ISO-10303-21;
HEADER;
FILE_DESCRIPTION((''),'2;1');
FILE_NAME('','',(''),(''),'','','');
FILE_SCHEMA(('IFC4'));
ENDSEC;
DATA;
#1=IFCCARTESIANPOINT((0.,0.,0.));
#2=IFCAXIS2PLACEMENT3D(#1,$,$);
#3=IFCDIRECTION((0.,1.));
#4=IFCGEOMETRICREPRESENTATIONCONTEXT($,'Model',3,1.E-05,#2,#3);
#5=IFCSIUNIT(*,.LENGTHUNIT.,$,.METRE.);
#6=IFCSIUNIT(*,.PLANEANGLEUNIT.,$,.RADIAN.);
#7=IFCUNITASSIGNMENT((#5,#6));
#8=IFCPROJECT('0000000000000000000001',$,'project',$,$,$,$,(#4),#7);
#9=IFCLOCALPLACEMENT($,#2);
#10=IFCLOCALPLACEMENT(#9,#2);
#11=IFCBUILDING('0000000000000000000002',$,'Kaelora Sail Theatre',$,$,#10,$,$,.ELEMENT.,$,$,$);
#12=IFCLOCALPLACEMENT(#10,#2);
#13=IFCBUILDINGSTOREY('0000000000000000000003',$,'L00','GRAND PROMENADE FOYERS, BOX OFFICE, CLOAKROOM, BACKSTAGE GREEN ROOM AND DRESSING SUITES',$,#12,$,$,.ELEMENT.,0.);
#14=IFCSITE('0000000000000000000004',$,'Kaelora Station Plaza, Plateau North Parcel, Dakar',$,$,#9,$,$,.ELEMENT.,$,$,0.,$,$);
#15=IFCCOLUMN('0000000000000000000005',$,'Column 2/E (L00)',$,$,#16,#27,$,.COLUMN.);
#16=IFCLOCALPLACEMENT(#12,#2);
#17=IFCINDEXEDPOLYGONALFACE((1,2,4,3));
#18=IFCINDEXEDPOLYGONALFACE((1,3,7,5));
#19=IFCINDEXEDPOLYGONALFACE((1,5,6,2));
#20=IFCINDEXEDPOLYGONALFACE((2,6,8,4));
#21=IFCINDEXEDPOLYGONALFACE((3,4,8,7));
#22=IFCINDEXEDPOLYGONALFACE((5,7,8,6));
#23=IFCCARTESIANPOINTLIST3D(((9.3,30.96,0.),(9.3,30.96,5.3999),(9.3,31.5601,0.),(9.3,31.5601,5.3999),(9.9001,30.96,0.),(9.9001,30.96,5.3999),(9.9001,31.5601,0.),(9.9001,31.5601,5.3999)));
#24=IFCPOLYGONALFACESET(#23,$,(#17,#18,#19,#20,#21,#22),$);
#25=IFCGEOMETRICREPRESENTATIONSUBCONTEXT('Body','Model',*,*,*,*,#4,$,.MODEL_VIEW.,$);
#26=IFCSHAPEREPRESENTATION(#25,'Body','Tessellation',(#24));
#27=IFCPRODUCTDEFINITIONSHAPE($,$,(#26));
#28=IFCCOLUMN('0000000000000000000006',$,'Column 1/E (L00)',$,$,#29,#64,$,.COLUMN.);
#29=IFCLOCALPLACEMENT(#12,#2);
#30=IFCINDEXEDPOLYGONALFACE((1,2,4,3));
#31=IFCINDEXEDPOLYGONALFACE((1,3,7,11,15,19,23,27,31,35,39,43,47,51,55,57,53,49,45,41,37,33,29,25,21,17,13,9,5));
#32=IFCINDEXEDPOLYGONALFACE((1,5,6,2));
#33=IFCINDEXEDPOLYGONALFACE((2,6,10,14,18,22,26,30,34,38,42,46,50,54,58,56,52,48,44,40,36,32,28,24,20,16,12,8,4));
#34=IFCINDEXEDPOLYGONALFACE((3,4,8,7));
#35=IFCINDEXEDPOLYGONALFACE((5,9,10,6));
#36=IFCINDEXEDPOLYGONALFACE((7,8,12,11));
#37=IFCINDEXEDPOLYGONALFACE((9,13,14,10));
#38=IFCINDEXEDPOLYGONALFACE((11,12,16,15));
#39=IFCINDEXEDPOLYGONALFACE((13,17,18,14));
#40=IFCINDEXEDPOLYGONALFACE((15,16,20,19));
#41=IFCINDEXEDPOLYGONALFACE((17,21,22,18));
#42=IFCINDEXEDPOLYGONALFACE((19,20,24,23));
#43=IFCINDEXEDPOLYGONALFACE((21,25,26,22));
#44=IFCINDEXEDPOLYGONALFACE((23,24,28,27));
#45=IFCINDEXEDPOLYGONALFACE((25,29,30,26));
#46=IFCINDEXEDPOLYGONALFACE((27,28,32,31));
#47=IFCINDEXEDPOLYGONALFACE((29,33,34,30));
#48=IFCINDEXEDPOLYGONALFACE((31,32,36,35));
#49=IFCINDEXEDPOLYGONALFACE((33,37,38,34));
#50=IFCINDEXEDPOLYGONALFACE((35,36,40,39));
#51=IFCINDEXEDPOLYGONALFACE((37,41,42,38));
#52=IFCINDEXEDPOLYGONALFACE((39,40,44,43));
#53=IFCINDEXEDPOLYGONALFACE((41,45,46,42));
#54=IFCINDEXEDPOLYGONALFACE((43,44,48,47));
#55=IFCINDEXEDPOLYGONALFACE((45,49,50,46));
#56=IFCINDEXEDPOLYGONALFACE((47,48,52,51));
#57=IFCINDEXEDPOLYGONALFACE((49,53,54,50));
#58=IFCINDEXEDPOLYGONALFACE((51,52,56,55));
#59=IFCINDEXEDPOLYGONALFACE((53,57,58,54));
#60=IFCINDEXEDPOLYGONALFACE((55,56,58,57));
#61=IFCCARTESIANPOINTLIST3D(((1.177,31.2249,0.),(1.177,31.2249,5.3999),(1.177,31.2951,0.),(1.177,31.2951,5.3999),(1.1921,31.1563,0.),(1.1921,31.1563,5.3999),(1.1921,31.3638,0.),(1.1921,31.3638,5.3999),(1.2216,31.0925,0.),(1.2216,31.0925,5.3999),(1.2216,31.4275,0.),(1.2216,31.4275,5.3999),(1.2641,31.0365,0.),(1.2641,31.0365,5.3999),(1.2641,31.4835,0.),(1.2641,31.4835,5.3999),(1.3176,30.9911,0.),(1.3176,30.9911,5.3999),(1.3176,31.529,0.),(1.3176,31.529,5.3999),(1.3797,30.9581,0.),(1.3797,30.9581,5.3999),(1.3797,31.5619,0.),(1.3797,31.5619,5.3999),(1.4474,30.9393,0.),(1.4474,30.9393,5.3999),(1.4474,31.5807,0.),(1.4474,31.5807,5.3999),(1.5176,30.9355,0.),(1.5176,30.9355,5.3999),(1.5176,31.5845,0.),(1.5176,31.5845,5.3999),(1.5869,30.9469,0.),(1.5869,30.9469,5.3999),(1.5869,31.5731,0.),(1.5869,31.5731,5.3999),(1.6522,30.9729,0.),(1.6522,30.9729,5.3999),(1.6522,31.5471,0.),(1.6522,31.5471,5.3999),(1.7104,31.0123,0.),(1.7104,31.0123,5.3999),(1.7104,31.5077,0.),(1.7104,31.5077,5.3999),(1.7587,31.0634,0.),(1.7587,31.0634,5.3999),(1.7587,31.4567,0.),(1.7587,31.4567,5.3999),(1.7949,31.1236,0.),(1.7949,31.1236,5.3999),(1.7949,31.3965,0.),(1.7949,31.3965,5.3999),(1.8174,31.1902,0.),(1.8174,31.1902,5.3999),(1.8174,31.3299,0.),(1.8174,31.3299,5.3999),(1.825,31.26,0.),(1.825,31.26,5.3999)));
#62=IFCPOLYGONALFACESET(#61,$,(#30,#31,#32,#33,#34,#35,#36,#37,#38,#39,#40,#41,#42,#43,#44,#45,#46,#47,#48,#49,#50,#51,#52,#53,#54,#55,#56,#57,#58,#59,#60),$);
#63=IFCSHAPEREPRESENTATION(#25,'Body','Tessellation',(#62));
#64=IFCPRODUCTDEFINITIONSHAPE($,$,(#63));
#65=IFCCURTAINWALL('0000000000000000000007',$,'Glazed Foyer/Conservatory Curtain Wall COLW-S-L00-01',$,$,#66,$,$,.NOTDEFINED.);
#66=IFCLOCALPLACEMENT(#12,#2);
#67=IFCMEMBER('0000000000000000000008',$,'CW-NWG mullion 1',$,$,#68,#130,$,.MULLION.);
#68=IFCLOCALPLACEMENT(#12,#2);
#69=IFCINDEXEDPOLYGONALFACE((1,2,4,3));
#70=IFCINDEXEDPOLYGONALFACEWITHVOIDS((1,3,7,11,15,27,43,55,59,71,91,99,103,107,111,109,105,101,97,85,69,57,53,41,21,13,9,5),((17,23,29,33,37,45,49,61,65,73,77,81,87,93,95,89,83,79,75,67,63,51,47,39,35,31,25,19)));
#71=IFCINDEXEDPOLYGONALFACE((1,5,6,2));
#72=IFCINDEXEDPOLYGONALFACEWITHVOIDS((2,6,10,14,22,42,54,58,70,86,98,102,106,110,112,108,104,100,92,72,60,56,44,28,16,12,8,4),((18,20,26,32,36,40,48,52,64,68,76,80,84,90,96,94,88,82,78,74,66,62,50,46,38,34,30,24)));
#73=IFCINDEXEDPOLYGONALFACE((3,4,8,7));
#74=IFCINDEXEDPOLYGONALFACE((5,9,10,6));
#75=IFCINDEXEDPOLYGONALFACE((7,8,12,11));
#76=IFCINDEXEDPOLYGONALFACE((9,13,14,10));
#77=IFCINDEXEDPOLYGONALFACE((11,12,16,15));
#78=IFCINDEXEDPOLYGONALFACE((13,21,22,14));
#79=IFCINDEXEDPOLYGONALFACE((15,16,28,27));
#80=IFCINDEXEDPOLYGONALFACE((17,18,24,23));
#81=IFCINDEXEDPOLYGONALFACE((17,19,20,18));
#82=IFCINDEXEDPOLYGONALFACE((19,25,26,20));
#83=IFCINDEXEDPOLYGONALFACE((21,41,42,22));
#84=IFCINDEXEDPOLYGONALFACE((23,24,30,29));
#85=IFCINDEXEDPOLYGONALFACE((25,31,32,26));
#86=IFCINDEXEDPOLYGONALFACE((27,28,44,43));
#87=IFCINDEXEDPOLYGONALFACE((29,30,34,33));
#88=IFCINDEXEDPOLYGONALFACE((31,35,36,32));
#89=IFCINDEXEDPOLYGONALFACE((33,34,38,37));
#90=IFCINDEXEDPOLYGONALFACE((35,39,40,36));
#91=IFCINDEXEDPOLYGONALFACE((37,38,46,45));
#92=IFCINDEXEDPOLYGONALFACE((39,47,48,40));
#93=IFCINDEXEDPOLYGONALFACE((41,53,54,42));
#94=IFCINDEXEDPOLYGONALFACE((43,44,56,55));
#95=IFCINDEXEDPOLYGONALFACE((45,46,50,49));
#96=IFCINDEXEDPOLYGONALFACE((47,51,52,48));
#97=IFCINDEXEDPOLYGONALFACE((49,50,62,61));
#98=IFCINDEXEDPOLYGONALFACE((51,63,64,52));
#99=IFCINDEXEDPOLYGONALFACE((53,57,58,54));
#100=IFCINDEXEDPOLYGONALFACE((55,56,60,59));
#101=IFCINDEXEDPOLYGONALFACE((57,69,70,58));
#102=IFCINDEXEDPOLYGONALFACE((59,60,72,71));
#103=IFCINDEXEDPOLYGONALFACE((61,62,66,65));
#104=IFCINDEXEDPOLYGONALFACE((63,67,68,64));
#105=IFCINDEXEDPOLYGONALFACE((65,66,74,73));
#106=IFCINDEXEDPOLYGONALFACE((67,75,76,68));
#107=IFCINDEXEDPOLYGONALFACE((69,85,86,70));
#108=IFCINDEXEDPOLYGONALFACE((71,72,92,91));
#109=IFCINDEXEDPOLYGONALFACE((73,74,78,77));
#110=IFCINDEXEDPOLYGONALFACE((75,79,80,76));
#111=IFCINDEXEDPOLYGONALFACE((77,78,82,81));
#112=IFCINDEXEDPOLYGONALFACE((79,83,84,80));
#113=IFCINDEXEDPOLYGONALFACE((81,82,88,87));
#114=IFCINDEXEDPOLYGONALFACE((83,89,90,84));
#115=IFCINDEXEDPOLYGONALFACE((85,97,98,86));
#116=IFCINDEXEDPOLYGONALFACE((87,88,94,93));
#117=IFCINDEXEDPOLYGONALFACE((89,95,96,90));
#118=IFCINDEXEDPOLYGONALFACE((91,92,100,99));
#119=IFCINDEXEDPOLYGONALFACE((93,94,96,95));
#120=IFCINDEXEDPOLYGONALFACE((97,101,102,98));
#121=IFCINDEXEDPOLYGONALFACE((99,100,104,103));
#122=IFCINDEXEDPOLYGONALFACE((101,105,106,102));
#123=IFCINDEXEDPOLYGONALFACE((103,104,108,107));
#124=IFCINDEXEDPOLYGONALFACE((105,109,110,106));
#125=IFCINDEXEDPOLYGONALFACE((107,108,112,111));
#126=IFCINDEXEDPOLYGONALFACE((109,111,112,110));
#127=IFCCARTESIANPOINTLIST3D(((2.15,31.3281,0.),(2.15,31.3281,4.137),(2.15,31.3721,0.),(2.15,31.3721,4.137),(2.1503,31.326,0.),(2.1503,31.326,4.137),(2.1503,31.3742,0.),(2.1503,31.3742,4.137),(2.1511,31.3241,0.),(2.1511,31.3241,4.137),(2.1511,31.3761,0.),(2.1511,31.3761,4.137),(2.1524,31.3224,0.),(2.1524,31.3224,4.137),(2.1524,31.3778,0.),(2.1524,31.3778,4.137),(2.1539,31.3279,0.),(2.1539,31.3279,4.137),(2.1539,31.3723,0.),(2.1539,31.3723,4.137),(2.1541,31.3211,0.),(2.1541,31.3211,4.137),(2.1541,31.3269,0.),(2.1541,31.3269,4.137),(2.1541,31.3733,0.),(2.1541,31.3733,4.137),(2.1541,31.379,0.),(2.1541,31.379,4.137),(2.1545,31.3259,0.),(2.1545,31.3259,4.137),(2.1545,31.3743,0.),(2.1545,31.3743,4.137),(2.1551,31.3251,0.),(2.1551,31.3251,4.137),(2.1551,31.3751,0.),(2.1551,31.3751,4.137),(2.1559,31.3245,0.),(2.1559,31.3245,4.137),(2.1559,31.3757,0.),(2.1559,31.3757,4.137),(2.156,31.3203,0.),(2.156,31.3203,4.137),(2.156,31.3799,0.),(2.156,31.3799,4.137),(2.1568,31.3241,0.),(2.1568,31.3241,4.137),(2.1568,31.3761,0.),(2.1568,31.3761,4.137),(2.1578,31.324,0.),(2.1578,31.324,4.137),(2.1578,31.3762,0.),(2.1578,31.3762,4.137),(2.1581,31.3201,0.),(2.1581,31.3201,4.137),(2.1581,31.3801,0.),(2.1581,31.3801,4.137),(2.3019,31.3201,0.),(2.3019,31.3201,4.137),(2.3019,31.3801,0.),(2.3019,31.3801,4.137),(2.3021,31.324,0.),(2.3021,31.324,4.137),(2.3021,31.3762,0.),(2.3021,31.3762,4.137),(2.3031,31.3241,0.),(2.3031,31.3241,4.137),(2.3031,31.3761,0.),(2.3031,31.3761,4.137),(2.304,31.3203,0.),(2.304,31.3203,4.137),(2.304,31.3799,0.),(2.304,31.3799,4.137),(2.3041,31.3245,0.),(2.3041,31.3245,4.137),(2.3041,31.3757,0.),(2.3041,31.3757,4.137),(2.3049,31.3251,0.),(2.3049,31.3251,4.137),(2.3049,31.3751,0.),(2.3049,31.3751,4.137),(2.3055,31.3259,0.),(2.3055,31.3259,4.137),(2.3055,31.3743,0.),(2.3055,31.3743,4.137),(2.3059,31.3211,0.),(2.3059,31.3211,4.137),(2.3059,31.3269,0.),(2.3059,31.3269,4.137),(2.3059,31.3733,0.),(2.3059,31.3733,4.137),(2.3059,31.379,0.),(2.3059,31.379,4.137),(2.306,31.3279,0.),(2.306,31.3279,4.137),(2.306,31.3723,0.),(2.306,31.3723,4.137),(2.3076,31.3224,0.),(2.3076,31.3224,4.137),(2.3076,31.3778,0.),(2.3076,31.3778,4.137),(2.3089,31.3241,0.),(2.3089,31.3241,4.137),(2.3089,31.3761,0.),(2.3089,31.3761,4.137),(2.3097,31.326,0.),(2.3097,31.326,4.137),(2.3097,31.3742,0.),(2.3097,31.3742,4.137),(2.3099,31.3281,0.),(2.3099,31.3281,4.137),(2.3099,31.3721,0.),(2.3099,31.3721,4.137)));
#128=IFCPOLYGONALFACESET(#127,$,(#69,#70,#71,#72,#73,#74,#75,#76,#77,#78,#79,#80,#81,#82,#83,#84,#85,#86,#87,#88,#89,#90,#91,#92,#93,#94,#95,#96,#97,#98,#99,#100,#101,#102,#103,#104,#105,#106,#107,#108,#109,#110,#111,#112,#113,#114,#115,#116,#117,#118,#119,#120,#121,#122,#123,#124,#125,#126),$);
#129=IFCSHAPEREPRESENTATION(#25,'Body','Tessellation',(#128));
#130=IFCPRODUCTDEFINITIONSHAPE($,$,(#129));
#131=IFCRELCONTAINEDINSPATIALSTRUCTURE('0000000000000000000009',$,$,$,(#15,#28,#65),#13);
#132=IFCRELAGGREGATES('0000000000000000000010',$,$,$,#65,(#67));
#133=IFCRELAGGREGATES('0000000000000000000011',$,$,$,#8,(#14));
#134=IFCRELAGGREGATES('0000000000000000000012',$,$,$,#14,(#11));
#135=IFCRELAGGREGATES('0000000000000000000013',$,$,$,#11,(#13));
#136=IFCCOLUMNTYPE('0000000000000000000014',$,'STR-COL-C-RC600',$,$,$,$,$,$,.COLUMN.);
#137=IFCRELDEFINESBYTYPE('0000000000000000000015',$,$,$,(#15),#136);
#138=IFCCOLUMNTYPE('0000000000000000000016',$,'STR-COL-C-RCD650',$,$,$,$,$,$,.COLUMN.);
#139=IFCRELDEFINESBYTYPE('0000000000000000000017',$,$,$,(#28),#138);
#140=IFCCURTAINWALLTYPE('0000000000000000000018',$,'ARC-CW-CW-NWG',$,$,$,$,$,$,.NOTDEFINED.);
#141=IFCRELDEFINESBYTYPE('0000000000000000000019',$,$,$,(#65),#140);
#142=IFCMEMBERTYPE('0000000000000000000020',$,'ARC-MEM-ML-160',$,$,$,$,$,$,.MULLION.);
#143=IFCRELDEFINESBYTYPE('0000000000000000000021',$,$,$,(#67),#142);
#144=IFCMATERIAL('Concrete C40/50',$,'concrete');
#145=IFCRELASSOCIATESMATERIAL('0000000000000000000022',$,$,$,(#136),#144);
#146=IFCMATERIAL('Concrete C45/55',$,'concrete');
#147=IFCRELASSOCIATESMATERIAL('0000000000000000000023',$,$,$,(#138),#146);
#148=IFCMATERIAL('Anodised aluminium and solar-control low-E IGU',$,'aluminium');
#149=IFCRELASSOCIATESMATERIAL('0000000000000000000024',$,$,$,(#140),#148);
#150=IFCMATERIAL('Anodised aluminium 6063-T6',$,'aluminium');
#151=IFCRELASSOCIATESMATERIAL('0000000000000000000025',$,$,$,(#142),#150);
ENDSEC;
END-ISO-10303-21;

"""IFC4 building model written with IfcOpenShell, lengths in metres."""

from ifc_helpers import new_model, si_unit, direction, frame, origin, origin_2d, place, context, subcontext, project, spatial, rectangle, hollow_rectangle, circle, extrude, material, material_profile, profile_set, type_object, element, aggregate, save


model = new_model("IFC4")

# Units and contexts
model_context = context("Model", 3, precision=1e-05, world=origin(), true_north=direction((0.0, 1.0)))
body_context = subcontext(model_context, "Body", "Model", "MODEL_VIEW")
ifc_project = project(units=[si_unit("LENGTHUNIT", "METRE"), si_unit("PLANEANGLEUNIT", "RADIAN")], contexts=[model_context])

# Site, building, storey
site_placement = place(None, origin())
site = spatial("IfcSite", under=ifc_project, at=site_placement, Name="Kaelora Station Plaza, Plateau North Parcel, Dakar", CompositionType="ELEMENT", RefElevation=0.0)
building_placement = place(site_placement, origin())
building = spatial("IfcBuilding", under=site, at=building_placement, Name="Kaelora Sail Theatre", CompositionType="ELEMENT")
storey_placement = place(building_placement, origin())
storey = spatial("IfcBuildingStorey", under=building, at=storey_placement, Name="L00", Description="GRAND PROMENADE FOYERS, BOX OFFICE, CLOAKROOM, BACKSTAGE GREEN ROOM AND DRESSING SUITES", CompositionType="ELEMENT", Elevation=0.0)

# Columns
ifc_material_1 = material(Name="Concrete C40/50", Category="concrete")
ifc_material_profile_1 = material_profile(ifc_material_1, rectangle(XDim=0.6001, YDim=0.6001, at=origin_2d()), Name="RC-COL 600x600")
ifc_profile_set_1 = profile_set([ifc_material_profile_1], Name="Concrete C40/50")
column_type_1 = type_object("IfcColumnType", Name="STR-COL-C-RC600", PredefinedType="COLUMN", material=ifc_profile_set_1)
column_1_placement = place(storey_placement, frame((9.6001, 31.26, 0.0), z_axis=(0.0, 0.0, 1.0), x_axis=(1.0, 0.0, 0.0)))
element("IfcColumn", 1, at=column_1_placement, inside=storey, type_object=column_type_1, Name="Column 2/E (L00)", PredefinedType="COLUMN", context=body_context, shape_type="SweptSolid", body=[
    extrude(rectangle(XDim=0.6001, YDim=0.6001, at=origin_2d()), origin(), (0.0, 0.0, 1.0), 5.3999),
])
ifc_material_2 = material(Name="Concrete C45/55", Category="concrete")
ifc_material_profile_2 = material_profile(ifc_material_2, circle(Radius=0.325, at=origin_2d()), Name="RC-CCOL D650")
ifc_profile_set_2 = profile_set([ifc_material_profile_2], Name="Concrete C45/55")
column_type_2 = type_object("IfcColumnType", Name="STR-COL-C-RCD650", PredefinedType="COLUMN", material=ifc_profile_set_2)
column_2_placement = place(storey_placement, frame((1.5, 31.26, 0.0), z_axis=(0.0, 0.0, 1.0), x_axis=(1.0, 0.0, 0.0)))
element("IfcColumn", 2, at=column_2_placement, inside=storey, type_object=column_type_2, Name="Column 1/E (L00)", PredefinedType="COLUMN", context=body_context, shape_type="SweptSolid", body=[
    extrude(circle(Radius=0.325, at=origin_2d()), origin(), (0.0, 0.0, 1.0), 5.3999),
])

# Curtain wall, member
ifc_material_3 = material(Name="Anodised aluminium and solar-control low-E IGU", Category="aluminium")
curtain_wall_type = type_object("IfcCurtainWallType", Name="ARC-CW-CW-NWG", PredefinedType="NOTDEFINED", material=ifc_material_3)
curtain_wall_placement = place(storey_placement, origin())
curtain_wall = element("IfcCurtainWall", 3, at=curtain_wall_placement, inside=storey, type_object=curtain_wall_type, Name="Glazed Foyer/Conservatory Curtain Wall COLW-S-L00-01", PredefinedType="NOTDEFINED")
ifc_material_4 = material(Name="Anodised aluminium 6063-T6", Category="aluminium")
ifc_material_profile_3 = material_profile(ifc_material_4, hollow_rectangle(XDim=0.0601, YDim=0.1599, WallThickness=0.0039, InnerFilletRadius=0.0039, OuterFilletRadius=0.0081, at=origin_2d()), Name="ALU-MULL 60x160x4")
ifc_profile_set_3 = profile_set([ifc_material_profile_3], Name="Anodised aluminium 6063-T6")
member_type_1 = type_object("IfcMemberType", Name="ARC-MEM-ML-160", PredefinedType="MULLION", material=ifc_profile_set_3)
member_1_placement = place(storey_placement, frame((2.23, 31.3501, 0.0), z_axis=(0.0, 0.0, 1.0), x_axis=(0.0, 1.0, 0.0)))
member_1 = element("IfcMember", 4, at=member_1_placement, type_object=member_type_1, Name="CW-NWG mullion 1", PredefinedType="MULLION", context=body_context, shape_type="SweptSolid", body=[
    extrude(hollow_rectangle(XDim=0.0601, YDim=0.1599, WallThickness=0.0039, InnerFilletRadius=0.0039, OuterFilletRadius=0.0081, at=origin_2d()), origin(), (0.0, 0.0, 1.0), 4.137),
])
aggregate(curtain_wall, [member_1])

save(model, "model.ifc")
